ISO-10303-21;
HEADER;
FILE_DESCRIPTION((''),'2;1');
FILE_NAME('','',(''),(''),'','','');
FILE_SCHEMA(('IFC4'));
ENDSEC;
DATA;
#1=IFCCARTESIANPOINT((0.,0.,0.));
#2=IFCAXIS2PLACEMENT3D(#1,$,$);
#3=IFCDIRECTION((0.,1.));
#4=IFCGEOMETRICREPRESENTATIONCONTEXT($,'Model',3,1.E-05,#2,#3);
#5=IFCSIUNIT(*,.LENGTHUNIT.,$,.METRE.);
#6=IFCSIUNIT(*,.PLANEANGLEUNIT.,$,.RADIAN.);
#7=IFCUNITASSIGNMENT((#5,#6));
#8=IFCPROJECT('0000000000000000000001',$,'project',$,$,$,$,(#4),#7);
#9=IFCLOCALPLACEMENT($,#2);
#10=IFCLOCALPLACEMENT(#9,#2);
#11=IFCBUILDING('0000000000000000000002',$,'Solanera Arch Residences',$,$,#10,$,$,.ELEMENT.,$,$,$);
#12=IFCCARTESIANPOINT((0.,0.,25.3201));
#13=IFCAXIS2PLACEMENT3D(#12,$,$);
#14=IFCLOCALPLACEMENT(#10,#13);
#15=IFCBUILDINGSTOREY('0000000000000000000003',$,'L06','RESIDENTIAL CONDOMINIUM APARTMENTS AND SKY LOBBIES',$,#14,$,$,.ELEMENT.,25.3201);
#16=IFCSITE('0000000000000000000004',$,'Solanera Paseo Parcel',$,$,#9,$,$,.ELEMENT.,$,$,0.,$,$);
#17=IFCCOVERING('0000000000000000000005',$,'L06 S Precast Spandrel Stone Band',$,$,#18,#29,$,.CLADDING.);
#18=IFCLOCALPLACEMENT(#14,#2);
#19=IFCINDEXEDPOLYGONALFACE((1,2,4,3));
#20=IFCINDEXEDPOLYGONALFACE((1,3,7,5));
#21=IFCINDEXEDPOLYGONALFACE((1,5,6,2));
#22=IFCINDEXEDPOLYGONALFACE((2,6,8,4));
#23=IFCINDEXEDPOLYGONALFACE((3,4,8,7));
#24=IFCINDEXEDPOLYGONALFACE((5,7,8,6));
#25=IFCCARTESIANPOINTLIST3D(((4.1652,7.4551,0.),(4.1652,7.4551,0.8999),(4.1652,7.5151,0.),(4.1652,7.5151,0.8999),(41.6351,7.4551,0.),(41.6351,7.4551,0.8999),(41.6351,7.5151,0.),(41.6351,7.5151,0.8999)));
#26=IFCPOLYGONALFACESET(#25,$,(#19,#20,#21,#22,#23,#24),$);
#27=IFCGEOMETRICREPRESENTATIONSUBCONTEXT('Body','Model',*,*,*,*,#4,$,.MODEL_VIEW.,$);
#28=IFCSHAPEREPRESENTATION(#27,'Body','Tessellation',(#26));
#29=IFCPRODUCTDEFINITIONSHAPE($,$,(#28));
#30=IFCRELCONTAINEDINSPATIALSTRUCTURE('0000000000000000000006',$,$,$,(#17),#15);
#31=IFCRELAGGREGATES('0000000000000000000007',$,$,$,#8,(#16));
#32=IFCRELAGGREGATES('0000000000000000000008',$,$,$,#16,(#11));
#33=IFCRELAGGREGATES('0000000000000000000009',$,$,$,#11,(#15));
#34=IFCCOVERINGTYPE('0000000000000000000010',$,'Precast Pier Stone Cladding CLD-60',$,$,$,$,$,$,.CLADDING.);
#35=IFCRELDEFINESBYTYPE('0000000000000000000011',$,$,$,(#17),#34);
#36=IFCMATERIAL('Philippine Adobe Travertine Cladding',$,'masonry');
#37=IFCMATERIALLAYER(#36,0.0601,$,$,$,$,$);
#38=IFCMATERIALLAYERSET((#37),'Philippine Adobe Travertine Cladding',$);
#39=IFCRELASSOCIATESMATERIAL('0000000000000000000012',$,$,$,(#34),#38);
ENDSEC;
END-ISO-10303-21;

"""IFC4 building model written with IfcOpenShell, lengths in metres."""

from ifc_helpers import new_model, si_unit, direction, frame, frame_2d, origin, place, context, subcontext, project, spatial, rectangle, extrude, material, layer, layer_set, type_object, element, save


model = new_model("IFC4")

# Units and contexts
model_context = context("Model", 3, precision=1e-05, world=origin(), true_north=direction((0.0, 1.0)))
body_context = subcontext(model_context, "Body", "Model", "MODEL_VIEW")
ifc_project = project(units=[si_unit("LENGTHUNIT", "METRE"), si_unit("PLANEANGLEUNIT", "RADIAN")], contexts=[model_context])

# Site, building, storey
site_placement = place(None, origin())
site = spatial("IfcSite", under=ifc_project, at=site_placement, Name="Solanera Paseo Parcel", CompositionType="ELEMENT", RefElevation=0.0)
building_placement = place(site_placement, origin())
building = spatial("IfcBuilding", under=site, at=building_placement, Name="Solanera Arch Residences", CompositionType="ELEMENT")
storey_placement = place(building_placement, frame((0.0, 0.0, 25.3201)))
storey = spatial("IfcBuildingStorey", under=building, at=storey_placement, Name="L06", Description="RESIDENTIAL CONDOMINIUM APARTMENTS AND SKY LOBBIES", CompositionType="ELEMENT", Elevation=25.3201)

# Covering
ifc_material_1 = material(Name="Philippine Adobe Travertine Cladding", Category="masonry")
ifc_layer_1 = layer(ifc_material_1, 0.0601)
ifc_layer_set_1 = layer_set([ifc_layer_1], Name="Philippine Adobe Travertine Cladding")
covering_type = type_object("IfcCoveringType", Name="Precast Pier Stone Cladding CLD-60", PredefinedType="CLADDING", material=ifc_layer_set_1)
covering_placement = place(storey_placement, frame((41.635, 7.4851, 0.0), z_axis=(0.0, 0.0, 1.0), x_axis=(-1.0, 0.0, 0.0)))
element("IfcCovering", 1, at=covering_placement, inside=storey, type_object=covering_type, Name="L06 S Precast Spandrel Stone Band", PredefinedType="CLADDING", context=body_context, shape_type="SweptSolid", body=[
    extrude(rectangle(XDim=37.47, YDim=0.0601, at=frame_2d((18.7349, 0.0))), origin(), (0.0, 0.0, 1.0), 0.8999),
])

save(model, "model.ifc")
